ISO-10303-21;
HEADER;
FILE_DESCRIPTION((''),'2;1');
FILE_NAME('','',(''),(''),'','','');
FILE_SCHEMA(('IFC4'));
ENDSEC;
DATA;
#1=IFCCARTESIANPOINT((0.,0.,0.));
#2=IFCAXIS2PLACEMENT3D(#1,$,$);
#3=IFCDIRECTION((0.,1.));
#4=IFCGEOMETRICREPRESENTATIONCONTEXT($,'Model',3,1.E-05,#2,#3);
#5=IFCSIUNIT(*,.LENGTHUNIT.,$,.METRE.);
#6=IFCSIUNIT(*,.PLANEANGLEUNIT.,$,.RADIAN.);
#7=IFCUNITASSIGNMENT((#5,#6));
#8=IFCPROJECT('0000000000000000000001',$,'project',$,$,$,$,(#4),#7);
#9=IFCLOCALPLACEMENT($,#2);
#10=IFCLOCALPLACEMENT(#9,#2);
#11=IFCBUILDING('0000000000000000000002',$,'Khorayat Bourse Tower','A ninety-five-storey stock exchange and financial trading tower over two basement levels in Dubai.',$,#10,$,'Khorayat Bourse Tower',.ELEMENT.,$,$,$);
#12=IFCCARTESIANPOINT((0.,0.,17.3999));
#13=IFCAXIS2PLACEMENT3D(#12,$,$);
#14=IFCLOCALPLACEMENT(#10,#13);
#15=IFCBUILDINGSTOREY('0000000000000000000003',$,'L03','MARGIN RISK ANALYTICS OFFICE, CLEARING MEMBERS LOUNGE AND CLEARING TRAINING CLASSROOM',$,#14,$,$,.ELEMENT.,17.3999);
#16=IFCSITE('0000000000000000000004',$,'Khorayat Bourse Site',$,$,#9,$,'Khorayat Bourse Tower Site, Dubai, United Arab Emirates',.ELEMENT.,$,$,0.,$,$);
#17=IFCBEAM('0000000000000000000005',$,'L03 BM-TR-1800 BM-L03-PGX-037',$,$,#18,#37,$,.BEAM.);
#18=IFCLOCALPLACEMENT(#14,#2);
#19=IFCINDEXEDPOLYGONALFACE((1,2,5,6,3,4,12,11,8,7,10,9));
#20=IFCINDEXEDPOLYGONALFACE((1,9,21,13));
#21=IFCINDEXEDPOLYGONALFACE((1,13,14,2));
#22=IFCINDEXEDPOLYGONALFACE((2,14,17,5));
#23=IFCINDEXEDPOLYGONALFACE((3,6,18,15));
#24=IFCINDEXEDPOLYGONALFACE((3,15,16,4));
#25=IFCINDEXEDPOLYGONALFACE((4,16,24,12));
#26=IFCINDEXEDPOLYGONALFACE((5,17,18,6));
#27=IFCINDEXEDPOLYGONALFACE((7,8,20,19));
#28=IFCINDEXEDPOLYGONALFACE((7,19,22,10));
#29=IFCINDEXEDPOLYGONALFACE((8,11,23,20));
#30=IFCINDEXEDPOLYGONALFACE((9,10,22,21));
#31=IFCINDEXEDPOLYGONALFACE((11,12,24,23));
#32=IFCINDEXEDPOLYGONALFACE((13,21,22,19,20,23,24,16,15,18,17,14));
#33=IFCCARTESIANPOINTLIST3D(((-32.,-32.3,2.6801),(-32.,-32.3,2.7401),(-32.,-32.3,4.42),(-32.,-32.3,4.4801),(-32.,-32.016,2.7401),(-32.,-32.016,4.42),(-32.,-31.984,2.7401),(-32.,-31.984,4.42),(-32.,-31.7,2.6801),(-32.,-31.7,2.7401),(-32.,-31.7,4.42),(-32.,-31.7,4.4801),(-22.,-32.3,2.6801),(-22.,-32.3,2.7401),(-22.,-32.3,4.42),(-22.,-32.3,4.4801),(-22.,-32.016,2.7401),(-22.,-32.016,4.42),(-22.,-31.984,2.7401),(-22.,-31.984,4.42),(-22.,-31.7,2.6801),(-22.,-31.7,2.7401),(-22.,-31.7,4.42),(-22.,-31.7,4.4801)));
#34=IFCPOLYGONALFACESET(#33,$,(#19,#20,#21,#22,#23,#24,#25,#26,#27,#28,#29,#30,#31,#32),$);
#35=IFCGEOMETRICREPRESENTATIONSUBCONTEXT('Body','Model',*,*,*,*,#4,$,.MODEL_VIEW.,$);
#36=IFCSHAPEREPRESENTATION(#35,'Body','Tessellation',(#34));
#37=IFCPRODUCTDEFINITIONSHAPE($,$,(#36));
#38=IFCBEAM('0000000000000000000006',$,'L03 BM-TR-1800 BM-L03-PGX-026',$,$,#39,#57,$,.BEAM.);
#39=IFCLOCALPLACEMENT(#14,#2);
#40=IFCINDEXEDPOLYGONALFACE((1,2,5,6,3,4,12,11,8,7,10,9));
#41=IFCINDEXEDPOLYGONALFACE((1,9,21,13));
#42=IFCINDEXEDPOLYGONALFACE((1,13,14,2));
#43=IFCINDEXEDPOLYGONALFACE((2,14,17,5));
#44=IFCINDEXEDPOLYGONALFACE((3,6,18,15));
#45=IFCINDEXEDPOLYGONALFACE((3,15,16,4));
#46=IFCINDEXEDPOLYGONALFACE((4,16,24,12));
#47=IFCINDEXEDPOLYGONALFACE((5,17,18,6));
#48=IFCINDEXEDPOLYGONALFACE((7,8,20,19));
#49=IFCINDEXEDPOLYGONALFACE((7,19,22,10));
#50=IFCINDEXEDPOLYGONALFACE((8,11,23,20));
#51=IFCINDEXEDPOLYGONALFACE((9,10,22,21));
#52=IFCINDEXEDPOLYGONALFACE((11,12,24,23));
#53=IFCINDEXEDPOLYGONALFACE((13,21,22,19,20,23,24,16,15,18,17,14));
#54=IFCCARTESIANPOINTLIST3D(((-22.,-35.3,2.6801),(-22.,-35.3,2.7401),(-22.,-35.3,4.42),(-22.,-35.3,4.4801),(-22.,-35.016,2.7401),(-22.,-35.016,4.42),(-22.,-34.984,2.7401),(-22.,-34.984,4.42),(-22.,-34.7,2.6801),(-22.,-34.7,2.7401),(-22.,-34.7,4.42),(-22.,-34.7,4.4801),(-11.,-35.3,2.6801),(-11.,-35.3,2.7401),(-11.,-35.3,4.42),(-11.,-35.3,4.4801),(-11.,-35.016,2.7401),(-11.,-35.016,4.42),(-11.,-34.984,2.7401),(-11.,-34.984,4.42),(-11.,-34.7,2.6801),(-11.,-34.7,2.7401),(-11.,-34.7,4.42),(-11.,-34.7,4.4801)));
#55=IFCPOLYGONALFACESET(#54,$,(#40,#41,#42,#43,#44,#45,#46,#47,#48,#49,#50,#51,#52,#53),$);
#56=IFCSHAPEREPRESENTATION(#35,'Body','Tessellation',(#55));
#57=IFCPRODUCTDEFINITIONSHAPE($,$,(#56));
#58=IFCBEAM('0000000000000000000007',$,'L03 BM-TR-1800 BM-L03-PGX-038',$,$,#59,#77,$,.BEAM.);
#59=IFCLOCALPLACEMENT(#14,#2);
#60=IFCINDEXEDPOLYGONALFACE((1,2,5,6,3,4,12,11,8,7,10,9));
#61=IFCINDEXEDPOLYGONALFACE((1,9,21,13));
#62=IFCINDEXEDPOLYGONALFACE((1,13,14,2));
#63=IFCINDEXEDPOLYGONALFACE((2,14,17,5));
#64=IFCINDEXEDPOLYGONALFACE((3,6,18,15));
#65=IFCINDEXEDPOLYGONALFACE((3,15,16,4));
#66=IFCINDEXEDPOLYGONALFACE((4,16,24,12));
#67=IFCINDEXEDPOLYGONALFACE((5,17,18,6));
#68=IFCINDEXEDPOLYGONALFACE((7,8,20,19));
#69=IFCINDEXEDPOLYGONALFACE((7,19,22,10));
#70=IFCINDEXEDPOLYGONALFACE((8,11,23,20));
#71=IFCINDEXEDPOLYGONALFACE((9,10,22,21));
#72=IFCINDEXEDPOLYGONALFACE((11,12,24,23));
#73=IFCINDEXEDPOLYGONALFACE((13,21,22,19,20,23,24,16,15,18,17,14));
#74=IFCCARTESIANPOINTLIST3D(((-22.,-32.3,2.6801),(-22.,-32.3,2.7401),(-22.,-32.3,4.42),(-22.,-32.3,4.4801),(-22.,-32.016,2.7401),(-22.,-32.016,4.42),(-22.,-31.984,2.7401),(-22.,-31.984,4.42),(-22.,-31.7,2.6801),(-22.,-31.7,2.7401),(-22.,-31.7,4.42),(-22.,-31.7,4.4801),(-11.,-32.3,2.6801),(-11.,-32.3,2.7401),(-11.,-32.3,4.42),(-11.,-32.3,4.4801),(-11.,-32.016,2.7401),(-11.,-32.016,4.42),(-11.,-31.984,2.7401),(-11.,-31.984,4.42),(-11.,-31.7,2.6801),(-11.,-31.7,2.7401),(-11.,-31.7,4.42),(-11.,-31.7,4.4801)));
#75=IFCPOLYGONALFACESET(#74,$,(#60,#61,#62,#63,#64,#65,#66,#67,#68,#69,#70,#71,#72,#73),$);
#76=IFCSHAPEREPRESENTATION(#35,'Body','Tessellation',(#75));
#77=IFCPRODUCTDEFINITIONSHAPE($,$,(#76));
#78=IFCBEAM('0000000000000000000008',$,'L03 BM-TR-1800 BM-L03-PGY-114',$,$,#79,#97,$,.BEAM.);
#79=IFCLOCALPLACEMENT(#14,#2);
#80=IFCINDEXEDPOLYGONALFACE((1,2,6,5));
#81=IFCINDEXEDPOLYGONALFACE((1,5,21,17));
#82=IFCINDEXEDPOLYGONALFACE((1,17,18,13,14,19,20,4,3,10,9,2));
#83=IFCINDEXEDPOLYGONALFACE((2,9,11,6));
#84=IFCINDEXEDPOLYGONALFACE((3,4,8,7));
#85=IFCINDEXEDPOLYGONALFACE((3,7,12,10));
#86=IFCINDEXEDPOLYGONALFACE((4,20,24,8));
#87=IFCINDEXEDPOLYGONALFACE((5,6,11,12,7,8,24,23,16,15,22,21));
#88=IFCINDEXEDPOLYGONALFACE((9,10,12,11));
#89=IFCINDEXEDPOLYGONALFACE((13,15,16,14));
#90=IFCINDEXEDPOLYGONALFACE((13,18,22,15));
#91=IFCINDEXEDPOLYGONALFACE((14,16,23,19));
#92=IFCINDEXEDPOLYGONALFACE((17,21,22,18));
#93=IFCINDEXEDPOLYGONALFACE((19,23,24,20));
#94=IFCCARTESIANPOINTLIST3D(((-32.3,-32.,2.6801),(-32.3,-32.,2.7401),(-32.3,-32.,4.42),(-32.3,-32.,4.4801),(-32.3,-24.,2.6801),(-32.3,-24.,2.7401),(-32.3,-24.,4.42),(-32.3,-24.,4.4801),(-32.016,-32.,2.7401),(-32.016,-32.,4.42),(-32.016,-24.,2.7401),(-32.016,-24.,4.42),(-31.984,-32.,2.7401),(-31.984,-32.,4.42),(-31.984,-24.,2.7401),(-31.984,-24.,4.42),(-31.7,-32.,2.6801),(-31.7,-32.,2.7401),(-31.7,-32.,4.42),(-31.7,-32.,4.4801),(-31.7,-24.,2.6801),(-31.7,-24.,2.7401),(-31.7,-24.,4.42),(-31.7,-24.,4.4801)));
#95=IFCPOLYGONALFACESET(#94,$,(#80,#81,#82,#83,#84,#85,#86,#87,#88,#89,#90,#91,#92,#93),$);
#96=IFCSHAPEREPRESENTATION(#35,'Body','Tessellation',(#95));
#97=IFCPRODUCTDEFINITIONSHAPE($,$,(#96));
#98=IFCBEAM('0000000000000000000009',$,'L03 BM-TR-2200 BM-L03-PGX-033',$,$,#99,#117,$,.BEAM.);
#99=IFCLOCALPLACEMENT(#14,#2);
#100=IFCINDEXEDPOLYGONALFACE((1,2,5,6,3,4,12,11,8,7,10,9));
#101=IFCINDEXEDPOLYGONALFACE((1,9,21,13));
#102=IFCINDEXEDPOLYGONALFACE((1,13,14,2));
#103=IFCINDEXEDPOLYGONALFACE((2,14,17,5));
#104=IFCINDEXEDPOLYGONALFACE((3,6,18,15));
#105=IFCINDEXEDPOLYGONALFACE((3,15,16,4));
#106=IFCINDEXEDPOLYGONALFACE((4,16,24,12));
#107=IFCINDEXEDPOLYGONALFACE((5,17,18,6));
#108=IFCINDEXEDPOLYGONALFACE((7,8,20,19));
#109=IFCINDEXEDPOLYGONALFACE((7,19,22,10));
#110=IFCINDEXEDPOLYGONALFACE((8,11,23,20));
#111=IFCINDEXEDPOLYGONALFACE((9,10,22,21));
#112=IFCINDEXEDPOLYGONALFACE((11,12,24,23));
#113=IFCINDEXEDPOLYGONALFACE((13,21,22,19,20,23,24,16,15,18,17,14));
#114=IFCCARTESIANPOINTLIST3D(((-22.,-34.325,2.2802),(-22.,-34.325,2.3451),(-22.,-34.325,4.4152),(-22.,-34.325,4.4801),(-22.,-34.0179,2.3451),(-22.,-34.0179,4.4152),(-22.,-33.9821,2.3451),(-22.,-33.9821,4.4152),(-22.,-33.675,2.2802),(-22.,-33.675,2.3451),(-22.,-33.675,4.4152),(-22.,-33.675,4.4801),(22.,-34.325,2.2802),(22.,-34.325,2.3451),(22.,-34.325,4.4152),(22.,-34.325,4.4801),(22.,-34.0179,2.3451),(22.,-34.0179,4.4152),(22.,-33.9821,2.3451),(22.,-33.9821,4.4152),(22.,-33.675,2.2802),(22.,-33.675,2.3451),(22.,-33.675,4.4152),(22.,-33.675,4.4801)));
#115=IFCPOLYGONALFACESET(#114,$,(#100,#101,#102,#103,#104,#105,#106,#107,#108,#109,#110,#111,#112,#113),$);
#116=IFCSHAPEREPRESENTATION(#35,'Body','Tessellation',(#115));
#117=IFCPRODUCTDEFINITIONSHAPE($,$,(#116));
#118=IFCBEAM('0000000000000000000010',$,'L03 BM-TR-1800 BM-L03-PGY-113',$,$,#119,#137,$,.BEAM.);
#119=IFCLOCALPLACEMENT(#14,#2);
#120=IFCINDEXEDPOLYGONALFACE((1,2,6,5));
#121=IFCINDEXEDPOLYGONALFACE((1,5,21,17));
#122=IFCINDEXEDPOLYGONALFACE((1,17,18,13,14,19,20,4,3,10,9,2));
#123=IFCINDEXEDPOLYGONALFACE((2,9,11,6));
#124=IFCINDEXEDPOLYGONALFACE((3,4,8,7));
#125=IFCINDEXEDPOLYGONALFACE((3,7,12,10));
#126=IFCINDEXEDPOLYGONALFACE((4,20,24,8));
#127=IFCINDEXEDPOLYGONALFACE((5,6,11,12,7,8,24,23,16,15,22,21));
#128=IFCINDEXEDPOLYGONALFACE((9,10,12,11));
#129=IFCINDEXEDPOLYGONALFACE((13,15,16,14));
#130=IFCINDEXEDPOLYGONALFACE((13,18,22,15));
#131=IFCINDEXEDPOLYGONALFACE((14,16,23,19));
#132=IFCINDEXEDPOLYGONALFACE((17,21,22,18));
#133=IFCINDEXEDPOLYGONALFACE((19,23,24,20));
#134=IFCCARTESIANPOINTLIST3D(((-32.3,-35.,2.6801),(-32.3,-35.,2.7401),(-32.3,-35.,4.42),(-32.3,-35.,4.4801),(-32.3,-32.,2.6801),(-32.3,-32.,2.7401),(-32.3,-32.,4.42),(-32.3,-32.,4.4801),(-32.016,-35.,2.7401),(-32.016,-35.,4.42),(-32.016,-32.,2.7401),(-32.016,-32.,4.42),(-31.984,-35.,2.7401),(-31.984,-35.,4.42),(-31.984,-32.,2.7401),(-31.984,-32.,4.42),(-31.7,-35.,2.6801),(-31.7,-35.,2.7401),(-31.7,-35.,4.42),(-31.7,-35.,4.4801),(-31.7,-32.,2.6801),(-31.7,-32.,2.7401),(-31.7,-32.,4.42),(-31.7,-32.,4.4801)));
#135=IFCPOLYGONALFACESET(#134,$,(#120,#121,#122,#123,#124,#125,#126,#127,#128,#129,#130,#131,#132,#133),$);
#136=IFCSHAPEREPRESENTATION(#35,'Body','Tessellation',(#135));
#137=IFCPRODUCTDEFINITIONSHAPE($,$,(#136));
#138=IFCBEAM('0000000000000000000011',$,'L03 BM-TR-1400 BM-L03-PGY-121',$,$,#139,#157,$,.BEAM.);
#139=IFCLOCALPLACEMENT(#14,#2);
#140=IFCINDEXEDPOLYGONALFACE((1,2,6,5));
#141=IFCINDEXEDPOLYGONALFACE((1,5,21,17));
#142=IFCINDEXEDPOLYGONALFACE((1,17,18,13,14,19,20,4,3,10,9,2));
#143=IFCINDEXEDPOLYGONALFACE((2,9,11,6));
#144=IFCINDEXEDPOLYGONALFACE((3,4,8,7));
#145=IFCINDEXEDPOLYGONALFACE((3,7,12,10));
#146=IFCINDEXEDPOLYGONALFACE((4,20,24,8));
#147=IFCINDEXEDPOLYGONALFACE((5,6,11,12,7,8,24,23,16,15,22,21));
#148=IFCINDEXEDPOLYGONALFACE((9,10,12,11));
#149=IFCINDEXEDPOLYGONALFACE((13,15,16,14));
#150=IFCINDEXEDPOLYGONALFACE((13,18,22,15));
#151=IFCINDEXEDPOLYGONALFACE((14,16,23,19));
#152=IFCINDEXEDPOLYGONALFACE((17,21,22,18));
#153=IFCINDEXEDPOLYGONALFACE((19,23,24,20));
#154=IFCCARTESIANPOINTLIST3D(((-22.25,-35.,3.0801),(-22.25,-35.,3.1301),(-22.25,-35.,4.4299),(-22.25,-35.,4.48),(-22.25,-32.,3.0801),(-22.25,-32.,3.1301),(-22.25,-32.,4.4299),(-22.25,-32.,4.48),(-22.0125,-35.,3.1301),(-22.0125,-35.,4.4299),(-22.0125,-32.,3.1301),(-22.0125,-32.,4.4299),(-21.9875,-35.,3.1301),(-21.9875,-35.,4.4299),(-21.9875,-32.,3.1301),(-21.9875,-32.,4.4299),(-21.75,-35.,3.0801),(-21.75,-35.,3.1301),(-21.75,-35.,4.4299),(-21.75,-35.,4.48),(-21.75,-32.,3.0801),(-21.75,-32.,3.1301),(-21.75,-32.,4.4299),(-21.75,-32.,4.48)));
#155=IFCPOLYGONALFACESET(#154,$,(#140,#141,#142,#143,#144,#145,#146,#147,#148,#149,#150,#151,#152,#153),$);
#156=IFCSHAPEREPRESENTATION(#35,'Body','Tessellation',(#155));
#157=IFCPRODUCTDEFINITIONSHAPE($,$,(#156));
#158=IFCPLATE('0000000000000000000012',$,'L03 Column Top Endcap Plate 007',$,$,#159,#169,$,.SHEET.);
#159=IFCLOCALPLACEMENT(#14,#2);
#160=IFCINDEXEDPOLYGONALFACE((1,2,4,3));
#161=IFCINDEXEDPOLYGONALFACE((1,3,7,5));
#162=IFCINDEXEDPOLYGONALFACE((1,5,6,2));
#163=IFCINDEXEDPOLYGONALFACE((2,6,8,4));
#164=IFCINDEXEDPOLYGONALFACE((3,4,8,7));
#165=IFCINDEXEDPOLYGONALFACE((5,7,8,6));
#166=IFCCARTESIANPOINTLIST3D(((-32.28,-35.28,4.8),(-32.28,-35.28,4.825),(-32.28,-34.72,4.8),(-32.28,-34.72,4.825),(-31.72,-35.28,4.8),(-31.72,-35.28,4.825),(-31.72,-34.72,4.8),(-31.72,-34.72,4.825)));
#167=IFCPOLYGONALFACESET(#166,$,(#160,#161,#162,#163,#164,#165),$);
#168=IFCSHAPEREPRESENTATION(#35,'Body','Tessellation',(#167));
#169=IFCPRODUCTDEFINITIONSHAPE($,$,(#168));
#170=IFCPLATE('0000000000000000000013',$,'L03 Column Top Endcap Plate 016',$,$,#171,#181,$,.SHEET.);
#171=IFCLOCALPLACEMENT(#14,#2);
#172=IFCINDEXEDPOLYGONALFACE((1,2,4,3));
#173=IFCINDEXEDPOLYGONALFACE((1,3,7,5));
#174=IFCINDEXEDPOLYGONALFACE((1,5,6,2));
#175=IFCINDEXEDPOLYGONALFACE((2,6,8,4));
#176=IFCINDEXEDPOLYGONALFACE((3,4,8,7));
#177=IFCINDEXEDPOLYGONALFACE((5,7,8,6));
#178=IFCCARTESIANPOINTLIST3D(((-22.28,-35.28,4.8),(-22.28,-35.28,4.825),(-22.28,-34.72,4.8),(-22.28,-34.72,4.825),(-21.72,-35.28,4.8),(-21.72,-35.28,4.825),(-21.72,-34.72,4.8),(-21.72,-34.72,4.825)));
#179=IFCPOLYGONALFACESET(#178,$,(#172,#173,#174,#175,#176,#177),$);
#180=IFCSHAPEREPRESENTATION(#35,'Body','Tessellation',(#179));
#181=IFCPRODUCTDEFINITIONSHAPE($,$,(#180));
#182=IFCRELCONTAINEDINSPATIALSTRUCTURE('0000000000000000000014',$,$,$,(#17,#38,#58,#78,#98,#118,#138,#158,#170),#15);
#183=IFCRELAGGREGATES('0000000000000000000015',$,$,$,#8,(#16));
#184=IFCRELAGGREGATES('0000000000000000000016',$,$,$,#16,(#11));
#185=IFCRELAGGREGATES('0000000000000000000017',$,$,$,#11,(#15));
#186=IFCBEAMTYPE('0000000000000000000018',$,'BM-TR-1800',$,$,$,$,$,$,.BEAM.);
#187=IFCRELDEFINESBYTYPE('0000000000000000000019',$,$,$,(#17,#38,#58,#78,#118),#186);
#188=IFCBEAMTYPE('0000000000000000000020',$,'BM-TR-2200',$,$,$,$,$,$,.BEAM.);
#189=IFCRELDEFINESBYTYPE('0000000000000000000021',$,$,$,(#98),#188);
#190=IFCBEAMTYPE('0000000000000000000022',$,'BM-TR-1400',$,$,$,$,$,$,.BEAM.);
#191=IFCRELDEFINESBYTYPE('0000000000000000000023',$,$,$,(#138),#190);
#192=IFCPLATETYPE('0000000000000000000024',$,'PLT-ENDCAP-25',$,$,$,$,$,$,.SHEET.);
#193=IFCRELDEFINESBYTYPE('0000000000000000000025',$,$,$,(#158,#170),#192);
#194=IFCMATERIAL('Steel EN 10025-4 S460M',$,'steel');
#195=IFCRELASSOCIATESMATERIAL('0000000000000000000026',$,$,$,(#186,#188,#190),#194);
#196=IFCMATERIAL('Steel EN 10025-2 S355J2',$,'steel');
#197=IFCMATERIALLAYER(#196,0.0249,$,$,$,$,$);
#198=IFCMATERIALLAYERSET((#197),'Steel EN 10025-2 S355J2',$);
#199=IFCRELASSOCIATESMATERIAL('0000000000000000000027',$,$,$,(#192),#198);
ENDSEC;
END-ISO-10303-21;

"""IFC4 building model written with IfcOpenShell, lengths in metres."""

from ifc_helpers import new_model, si_unit, direction, frame, origin, origin_2d, place, context, subcontext, project, spatial, rectangle, i_section, extrude, source, transform, mapped, material, layer, layer_set, material_profile, profile_set, type_object, element, save


model = new_model("IFC4")

# Units and contexts
model_context = context("Model", 3, precision=1e-05, world=origin(), true_north=direction((0.0, 1.0)))
body_context = subcontext(model_context, "Body", "Model", "MODEL_VIEW")
ifc_project = project(units=[si_unit("LENGTHUNIT", "METRE"), si_unit("PLANEANGLEUNIT", "RADIAN")], contexts=[model_context])

# Site, building, storey
site_placement = place(None, origin())
site = spatial("IfcSite", under=ifc_project, at=site_placement, Name="Khorayat Bourse Site", LongName="Khorayat Bourse Tower Site, Dubai, United Arab Emirates", CompositionType="ELEMENT", RefElevation=0.0)
building_placement = place(site_placement, origin())
building = spatial("IfcBuilding", under=site, at=building_placement, Name="Khorayat Bourse Tower", Description="A ninety-five-storey stock exchange and financial trading tower over two basement levels in Dubai.", LongName="Khorayat Bourse Tower", CompositionType="ELEMENT")
storey_placement = place(building_placement, frame((0.0, 0.0, 17.3999)))
storey = spatial("IfcBuildingStorey", under=building, at=storey_placement, Name="L03", Description="MARGIN RISK ANALYTICS OFFICE, CLEARING MEMBERS LOUNGE AND CLEARING TRAINING CLASSROOM", CompositionType="ELEMENT", Elevation=17.3999)

# Shared definitions
ifc_material_1 = material(Name="Steel EN 10025-2 S355J2", Category="steel")

# Beams
ifc_material_2 = material(Name="Steel EN 10025-4 S460M", Category="steel")
ifc_material_profile_1 = material_profile(ifc_material_2, i_section(OverallWidth=0.6001, OverallDepth=1.8, WebThickness=0.032, FlangeThickness=0.0601, at=origin_2d()), Name="PG 1800x600x32x60")
ifc_profile_set_1 = profile_set([ifc_material_profile_1], Name="Steel EN 10025-4 S460M")
beam_type_1 = type_object("IfcBeamType", Name="BM-TR-1800", PredefinedType="BEAM", material=ifc_profile_set_1)
shared_shape_1 = source(origin(), body_context, "Body", "SweptSolid", [
    extrude(i_section(OverallWidth=0.6001, OverallDepth=1.8, WebThickness=0.032, FlangeThickness=0.0601, at=origin_2d()), origin(), (0.0, 0.0, 1.0), 10.0),
])
for number, where, z_axis, x_axis, name in (
    (1, (-32.0, -32.0, 3.5801), (1.0, 0.0, 0.0), (0.0, 1.0, 0.0), "L03 BM-TR-1800 BM-L03-PGX-037"),
):
    element("IfcBeam", number, at=place(storey_placement, frame(where, z_axis=z_axis, x_axis=x_axis)), inside=storey, type_object=beam_type_1, Name=name, PredefinedType="BEAM", context=body_context, shape_type="MappedRepresentation", body=[
        mapped(shared_shape_1, transform((0.0, 0.0, 0.0), scale=1.0)),
    ])
shared_shape_2 = source(origin(), body_context, "Body", "SweptSolid", [
    extrude(i_section(OverallWidth=0.6001, OverallDepth=1.8, WebThickness=0.032, FlangeThickness=0.0601, at=origin_2d()), origin(), (0.0, 0.0, 1.0), 11.0),
])
for number, where, z_axis, x_axis, name in (
    (2, (-22.0, -35.0, 3.5801), (1.0, 0.0, 0.0), (0.0, 1.0, 0.0), "L03 BM-TR-1800 BM-L03-PGX-026"),
    (3, (-22.0, -32.0, 3.5801), (1.0, 0.0, 0.0), (0.0, 1.0, 0.0), "L03 BM-TR-1800 BM-L03-PGX-038"),
):
    element("IfcBeam", number, at=place(storey_placement, frame(where, z_axis=z_axis, x_axis=x_axis)), inside=storey, type_object=beam_type_1, Name=name, PredefinedType="BEAM", context=body_context, shape_type="MappedRepresentation", body=[
        mapped(shared_shape_2, transform((0.0, 0.0, 0.0), scale=1.0)),
    ])
shared_shape_3 = source(origin(), body_context, "Body", "SweptSolid", [
    extrude(i_section(OverallWidth=0.6001, OverallDepth=1.8, WebThickness=0.032, FlangeThickness=0.0601, at=origin_2d()), origin(), (0.0, 0.0, 1.0), 8.0),
])
beam_1_placement = place(storey_placement, frame((-32.0, -32.0, 3.5801), z_axis=(0.0, 1.0, 0.0), x_axis=(-1.0, 0.0, 0.0)))
element("IfcBeam", 4, at=beam_1_placement, inside=storey, type_object=beam_type_1, Name="L03 BM-TR-1800 BM-L03-PGY-114", PredefinedType="BEAM", context=body_context, shape_type="MappedRepresentation", body=[
    mapped(shared_shape_3, transform((0.0, 0.0, 0.0), scale=1.0)),
])
ifc_material_profile_2 = material_profile(ifc_material_2, i_section(OverallWidth=0.6499, OverallDepth=2.2, WebThickness=0.0359, FlangeThickness=0.0649, at=origin_2d()), Name="PG 2200x650x36x65")
ifc_profile_set_2 = profile_set([ifc_material_profile_2], Name="Steel EN 10025-4 S460M")
beam_type_2 = type_object("IfcBeamType", Name="BM-TR-2200", PredefinedType="BEAM", material=ifc_profile_set_2)
shared_shape_4 = source(origin(), body_context, "Body", "SweptSolid", [
    extrude(i_section(OverallWidth=0.6499, OverallDepth=2.2, WebThickness=0.0359, FlangeThickness=0.0649, at=origin_2d()), origin(), (0.0, 0.0, 1.0), 44.0),
])
beam_2_placement = place(storey_placement, frame((-22.0, -34.0, 3.3801), z_axis=(1.0, 0.0, 0.0), x_axis=(0.0, 1.0, 0.0)))
element("IfcBeam", 5, at=beam_2_placement, inside=storey, type_object=beam_type_2, Name="L03 BM-TR-2200 BM-L03-PGX-033", PredefinedType="BEAM", context=body_context, shape_type="MappedRepresentation", body=[
    mapped(shared_shape_4, transform((0.0, 0.0, 0.0), scale=1.0)),
])
shared_shape_5 = source(origin(), body_context, "Body", "SweptSolid", [
    extrude(i_section(OverallWidth=0.6001, OverallDepth=1.8, WebThickness=0.032, FlangeThickness=0.0601, at=origin_2d()), origin(), (0.0, 0.0, 1.0), 3.0),
])
beam_3_placement = place(storey_placement, frame((-32.0, -35.0, 3.5801), z_axis=(0.0, 1.0, 0.0), x_axis=(-1.0, 0.0, 0.0)))
element("IfcBeam", 6, at=beam_3_placement, inside=storey, type_object=beam_type_1, Name="L03 BM-TR-1800 BM-L03-PGY-113", PredefinedType="BEAM", context=body_context, shape_type="MappedRepresentation", body=[
    mapped(shared_shape_5, transform((0.0, 0.0, 0.0), scale=1.0)),
])
ifc_material_profile_3 = material_profile(ifc_material_2, i_section(OverallWidth=0.5, OverallDepth=1.3999, WebThickness=0.0249, FlangeThickness=0.05, at=origin_2d()), Name="PG 1400x500x25x50")
ifc_profile_set_3 = profile_set([ifc_material_profile_3], Name="Steel EN 10025-4 S460M")
beam_type_3 = type_object("IfcBeamType", Name="BM-TR-1400", PredefinedType="BEAM", material=ifc_profile_set_3)
shared_shape_6 = source(origin(), body_context, "Body", "SweptSolid", [
    extrude(i_section(OverallWidth=0.5, OverallDepth=1.3999, WebThickness=0.0249, FlangeThickness=0.05, at=origin_2d()), origin(), (0.0, 0.0, 1.0), 3.0),
])
beam_4_placement = place(storey_placement, frame((-22.0, -35.0, 3.78), z_axis=(0.0, 1.0, 0.0), x_axis=(-1.0, 0.0, 0.0)))
element("IfcBeam", 7, at=beam_4_placement, inside=storey, type_object=beam_type_3, Name="L03 BM-TR-1400 BM-L03-PGY-121", PredefinedType="BEAM", context=body_context, shape_type="MappedRepresentation", body=[
    mapped(shared_shape_6, transform((0.0, 0.0, 0.0), scale=1.0)),
])

# Plates
ifc_layer_1 = layer(ifc_material_1, 0.0249)
ifc_layer_set_1 = layer_set([ifc_layer_1], Name="Steel EN 10025-2 S355J2")
plate_type = type_object("IfcPlateType", Name="PLT-ENDCAP-25", PredefinedType="SHEET", material=ifc_layer_set_1)
shared_shape_7 = source(origin(), body_context, "Body", "SweptSolid", [
    extrude(rectangle(XDim=0.5601, YDim=0.5601, at=origin_2d()), origin(), (0.0, 0.0, 1.0), 0.0249),
])
for number, where, z_axis, x_axis, name in (
    (8, (-32.0, -35.0, 4.8), (0.0, 0.0, 1.0), (1.0, 0.0, 0.0), "L03 Column Top Endcap Plate 007"),
    (9, (-22.0, -35.0, 4.8), (0.0, 0.0, 1.0), (1.0, 0.0, 0.0), "L03 Column Top Endcap Plate 016"),
):
    element("IfcPlate", number, at=place(storey_placement, frame(where, z_axis=z_axis, x_axis=x_axis)), inside=storey, type_object=plate_type, Name=name, PredefinedType="SHEET", context=body_context, shape_type="MappedRepresentation", body=[
        mapped(shared_shape_7, transform((0.0, 0.0, 0.0), scale=1.0)),
    ])

save(model, "model.ifc")
